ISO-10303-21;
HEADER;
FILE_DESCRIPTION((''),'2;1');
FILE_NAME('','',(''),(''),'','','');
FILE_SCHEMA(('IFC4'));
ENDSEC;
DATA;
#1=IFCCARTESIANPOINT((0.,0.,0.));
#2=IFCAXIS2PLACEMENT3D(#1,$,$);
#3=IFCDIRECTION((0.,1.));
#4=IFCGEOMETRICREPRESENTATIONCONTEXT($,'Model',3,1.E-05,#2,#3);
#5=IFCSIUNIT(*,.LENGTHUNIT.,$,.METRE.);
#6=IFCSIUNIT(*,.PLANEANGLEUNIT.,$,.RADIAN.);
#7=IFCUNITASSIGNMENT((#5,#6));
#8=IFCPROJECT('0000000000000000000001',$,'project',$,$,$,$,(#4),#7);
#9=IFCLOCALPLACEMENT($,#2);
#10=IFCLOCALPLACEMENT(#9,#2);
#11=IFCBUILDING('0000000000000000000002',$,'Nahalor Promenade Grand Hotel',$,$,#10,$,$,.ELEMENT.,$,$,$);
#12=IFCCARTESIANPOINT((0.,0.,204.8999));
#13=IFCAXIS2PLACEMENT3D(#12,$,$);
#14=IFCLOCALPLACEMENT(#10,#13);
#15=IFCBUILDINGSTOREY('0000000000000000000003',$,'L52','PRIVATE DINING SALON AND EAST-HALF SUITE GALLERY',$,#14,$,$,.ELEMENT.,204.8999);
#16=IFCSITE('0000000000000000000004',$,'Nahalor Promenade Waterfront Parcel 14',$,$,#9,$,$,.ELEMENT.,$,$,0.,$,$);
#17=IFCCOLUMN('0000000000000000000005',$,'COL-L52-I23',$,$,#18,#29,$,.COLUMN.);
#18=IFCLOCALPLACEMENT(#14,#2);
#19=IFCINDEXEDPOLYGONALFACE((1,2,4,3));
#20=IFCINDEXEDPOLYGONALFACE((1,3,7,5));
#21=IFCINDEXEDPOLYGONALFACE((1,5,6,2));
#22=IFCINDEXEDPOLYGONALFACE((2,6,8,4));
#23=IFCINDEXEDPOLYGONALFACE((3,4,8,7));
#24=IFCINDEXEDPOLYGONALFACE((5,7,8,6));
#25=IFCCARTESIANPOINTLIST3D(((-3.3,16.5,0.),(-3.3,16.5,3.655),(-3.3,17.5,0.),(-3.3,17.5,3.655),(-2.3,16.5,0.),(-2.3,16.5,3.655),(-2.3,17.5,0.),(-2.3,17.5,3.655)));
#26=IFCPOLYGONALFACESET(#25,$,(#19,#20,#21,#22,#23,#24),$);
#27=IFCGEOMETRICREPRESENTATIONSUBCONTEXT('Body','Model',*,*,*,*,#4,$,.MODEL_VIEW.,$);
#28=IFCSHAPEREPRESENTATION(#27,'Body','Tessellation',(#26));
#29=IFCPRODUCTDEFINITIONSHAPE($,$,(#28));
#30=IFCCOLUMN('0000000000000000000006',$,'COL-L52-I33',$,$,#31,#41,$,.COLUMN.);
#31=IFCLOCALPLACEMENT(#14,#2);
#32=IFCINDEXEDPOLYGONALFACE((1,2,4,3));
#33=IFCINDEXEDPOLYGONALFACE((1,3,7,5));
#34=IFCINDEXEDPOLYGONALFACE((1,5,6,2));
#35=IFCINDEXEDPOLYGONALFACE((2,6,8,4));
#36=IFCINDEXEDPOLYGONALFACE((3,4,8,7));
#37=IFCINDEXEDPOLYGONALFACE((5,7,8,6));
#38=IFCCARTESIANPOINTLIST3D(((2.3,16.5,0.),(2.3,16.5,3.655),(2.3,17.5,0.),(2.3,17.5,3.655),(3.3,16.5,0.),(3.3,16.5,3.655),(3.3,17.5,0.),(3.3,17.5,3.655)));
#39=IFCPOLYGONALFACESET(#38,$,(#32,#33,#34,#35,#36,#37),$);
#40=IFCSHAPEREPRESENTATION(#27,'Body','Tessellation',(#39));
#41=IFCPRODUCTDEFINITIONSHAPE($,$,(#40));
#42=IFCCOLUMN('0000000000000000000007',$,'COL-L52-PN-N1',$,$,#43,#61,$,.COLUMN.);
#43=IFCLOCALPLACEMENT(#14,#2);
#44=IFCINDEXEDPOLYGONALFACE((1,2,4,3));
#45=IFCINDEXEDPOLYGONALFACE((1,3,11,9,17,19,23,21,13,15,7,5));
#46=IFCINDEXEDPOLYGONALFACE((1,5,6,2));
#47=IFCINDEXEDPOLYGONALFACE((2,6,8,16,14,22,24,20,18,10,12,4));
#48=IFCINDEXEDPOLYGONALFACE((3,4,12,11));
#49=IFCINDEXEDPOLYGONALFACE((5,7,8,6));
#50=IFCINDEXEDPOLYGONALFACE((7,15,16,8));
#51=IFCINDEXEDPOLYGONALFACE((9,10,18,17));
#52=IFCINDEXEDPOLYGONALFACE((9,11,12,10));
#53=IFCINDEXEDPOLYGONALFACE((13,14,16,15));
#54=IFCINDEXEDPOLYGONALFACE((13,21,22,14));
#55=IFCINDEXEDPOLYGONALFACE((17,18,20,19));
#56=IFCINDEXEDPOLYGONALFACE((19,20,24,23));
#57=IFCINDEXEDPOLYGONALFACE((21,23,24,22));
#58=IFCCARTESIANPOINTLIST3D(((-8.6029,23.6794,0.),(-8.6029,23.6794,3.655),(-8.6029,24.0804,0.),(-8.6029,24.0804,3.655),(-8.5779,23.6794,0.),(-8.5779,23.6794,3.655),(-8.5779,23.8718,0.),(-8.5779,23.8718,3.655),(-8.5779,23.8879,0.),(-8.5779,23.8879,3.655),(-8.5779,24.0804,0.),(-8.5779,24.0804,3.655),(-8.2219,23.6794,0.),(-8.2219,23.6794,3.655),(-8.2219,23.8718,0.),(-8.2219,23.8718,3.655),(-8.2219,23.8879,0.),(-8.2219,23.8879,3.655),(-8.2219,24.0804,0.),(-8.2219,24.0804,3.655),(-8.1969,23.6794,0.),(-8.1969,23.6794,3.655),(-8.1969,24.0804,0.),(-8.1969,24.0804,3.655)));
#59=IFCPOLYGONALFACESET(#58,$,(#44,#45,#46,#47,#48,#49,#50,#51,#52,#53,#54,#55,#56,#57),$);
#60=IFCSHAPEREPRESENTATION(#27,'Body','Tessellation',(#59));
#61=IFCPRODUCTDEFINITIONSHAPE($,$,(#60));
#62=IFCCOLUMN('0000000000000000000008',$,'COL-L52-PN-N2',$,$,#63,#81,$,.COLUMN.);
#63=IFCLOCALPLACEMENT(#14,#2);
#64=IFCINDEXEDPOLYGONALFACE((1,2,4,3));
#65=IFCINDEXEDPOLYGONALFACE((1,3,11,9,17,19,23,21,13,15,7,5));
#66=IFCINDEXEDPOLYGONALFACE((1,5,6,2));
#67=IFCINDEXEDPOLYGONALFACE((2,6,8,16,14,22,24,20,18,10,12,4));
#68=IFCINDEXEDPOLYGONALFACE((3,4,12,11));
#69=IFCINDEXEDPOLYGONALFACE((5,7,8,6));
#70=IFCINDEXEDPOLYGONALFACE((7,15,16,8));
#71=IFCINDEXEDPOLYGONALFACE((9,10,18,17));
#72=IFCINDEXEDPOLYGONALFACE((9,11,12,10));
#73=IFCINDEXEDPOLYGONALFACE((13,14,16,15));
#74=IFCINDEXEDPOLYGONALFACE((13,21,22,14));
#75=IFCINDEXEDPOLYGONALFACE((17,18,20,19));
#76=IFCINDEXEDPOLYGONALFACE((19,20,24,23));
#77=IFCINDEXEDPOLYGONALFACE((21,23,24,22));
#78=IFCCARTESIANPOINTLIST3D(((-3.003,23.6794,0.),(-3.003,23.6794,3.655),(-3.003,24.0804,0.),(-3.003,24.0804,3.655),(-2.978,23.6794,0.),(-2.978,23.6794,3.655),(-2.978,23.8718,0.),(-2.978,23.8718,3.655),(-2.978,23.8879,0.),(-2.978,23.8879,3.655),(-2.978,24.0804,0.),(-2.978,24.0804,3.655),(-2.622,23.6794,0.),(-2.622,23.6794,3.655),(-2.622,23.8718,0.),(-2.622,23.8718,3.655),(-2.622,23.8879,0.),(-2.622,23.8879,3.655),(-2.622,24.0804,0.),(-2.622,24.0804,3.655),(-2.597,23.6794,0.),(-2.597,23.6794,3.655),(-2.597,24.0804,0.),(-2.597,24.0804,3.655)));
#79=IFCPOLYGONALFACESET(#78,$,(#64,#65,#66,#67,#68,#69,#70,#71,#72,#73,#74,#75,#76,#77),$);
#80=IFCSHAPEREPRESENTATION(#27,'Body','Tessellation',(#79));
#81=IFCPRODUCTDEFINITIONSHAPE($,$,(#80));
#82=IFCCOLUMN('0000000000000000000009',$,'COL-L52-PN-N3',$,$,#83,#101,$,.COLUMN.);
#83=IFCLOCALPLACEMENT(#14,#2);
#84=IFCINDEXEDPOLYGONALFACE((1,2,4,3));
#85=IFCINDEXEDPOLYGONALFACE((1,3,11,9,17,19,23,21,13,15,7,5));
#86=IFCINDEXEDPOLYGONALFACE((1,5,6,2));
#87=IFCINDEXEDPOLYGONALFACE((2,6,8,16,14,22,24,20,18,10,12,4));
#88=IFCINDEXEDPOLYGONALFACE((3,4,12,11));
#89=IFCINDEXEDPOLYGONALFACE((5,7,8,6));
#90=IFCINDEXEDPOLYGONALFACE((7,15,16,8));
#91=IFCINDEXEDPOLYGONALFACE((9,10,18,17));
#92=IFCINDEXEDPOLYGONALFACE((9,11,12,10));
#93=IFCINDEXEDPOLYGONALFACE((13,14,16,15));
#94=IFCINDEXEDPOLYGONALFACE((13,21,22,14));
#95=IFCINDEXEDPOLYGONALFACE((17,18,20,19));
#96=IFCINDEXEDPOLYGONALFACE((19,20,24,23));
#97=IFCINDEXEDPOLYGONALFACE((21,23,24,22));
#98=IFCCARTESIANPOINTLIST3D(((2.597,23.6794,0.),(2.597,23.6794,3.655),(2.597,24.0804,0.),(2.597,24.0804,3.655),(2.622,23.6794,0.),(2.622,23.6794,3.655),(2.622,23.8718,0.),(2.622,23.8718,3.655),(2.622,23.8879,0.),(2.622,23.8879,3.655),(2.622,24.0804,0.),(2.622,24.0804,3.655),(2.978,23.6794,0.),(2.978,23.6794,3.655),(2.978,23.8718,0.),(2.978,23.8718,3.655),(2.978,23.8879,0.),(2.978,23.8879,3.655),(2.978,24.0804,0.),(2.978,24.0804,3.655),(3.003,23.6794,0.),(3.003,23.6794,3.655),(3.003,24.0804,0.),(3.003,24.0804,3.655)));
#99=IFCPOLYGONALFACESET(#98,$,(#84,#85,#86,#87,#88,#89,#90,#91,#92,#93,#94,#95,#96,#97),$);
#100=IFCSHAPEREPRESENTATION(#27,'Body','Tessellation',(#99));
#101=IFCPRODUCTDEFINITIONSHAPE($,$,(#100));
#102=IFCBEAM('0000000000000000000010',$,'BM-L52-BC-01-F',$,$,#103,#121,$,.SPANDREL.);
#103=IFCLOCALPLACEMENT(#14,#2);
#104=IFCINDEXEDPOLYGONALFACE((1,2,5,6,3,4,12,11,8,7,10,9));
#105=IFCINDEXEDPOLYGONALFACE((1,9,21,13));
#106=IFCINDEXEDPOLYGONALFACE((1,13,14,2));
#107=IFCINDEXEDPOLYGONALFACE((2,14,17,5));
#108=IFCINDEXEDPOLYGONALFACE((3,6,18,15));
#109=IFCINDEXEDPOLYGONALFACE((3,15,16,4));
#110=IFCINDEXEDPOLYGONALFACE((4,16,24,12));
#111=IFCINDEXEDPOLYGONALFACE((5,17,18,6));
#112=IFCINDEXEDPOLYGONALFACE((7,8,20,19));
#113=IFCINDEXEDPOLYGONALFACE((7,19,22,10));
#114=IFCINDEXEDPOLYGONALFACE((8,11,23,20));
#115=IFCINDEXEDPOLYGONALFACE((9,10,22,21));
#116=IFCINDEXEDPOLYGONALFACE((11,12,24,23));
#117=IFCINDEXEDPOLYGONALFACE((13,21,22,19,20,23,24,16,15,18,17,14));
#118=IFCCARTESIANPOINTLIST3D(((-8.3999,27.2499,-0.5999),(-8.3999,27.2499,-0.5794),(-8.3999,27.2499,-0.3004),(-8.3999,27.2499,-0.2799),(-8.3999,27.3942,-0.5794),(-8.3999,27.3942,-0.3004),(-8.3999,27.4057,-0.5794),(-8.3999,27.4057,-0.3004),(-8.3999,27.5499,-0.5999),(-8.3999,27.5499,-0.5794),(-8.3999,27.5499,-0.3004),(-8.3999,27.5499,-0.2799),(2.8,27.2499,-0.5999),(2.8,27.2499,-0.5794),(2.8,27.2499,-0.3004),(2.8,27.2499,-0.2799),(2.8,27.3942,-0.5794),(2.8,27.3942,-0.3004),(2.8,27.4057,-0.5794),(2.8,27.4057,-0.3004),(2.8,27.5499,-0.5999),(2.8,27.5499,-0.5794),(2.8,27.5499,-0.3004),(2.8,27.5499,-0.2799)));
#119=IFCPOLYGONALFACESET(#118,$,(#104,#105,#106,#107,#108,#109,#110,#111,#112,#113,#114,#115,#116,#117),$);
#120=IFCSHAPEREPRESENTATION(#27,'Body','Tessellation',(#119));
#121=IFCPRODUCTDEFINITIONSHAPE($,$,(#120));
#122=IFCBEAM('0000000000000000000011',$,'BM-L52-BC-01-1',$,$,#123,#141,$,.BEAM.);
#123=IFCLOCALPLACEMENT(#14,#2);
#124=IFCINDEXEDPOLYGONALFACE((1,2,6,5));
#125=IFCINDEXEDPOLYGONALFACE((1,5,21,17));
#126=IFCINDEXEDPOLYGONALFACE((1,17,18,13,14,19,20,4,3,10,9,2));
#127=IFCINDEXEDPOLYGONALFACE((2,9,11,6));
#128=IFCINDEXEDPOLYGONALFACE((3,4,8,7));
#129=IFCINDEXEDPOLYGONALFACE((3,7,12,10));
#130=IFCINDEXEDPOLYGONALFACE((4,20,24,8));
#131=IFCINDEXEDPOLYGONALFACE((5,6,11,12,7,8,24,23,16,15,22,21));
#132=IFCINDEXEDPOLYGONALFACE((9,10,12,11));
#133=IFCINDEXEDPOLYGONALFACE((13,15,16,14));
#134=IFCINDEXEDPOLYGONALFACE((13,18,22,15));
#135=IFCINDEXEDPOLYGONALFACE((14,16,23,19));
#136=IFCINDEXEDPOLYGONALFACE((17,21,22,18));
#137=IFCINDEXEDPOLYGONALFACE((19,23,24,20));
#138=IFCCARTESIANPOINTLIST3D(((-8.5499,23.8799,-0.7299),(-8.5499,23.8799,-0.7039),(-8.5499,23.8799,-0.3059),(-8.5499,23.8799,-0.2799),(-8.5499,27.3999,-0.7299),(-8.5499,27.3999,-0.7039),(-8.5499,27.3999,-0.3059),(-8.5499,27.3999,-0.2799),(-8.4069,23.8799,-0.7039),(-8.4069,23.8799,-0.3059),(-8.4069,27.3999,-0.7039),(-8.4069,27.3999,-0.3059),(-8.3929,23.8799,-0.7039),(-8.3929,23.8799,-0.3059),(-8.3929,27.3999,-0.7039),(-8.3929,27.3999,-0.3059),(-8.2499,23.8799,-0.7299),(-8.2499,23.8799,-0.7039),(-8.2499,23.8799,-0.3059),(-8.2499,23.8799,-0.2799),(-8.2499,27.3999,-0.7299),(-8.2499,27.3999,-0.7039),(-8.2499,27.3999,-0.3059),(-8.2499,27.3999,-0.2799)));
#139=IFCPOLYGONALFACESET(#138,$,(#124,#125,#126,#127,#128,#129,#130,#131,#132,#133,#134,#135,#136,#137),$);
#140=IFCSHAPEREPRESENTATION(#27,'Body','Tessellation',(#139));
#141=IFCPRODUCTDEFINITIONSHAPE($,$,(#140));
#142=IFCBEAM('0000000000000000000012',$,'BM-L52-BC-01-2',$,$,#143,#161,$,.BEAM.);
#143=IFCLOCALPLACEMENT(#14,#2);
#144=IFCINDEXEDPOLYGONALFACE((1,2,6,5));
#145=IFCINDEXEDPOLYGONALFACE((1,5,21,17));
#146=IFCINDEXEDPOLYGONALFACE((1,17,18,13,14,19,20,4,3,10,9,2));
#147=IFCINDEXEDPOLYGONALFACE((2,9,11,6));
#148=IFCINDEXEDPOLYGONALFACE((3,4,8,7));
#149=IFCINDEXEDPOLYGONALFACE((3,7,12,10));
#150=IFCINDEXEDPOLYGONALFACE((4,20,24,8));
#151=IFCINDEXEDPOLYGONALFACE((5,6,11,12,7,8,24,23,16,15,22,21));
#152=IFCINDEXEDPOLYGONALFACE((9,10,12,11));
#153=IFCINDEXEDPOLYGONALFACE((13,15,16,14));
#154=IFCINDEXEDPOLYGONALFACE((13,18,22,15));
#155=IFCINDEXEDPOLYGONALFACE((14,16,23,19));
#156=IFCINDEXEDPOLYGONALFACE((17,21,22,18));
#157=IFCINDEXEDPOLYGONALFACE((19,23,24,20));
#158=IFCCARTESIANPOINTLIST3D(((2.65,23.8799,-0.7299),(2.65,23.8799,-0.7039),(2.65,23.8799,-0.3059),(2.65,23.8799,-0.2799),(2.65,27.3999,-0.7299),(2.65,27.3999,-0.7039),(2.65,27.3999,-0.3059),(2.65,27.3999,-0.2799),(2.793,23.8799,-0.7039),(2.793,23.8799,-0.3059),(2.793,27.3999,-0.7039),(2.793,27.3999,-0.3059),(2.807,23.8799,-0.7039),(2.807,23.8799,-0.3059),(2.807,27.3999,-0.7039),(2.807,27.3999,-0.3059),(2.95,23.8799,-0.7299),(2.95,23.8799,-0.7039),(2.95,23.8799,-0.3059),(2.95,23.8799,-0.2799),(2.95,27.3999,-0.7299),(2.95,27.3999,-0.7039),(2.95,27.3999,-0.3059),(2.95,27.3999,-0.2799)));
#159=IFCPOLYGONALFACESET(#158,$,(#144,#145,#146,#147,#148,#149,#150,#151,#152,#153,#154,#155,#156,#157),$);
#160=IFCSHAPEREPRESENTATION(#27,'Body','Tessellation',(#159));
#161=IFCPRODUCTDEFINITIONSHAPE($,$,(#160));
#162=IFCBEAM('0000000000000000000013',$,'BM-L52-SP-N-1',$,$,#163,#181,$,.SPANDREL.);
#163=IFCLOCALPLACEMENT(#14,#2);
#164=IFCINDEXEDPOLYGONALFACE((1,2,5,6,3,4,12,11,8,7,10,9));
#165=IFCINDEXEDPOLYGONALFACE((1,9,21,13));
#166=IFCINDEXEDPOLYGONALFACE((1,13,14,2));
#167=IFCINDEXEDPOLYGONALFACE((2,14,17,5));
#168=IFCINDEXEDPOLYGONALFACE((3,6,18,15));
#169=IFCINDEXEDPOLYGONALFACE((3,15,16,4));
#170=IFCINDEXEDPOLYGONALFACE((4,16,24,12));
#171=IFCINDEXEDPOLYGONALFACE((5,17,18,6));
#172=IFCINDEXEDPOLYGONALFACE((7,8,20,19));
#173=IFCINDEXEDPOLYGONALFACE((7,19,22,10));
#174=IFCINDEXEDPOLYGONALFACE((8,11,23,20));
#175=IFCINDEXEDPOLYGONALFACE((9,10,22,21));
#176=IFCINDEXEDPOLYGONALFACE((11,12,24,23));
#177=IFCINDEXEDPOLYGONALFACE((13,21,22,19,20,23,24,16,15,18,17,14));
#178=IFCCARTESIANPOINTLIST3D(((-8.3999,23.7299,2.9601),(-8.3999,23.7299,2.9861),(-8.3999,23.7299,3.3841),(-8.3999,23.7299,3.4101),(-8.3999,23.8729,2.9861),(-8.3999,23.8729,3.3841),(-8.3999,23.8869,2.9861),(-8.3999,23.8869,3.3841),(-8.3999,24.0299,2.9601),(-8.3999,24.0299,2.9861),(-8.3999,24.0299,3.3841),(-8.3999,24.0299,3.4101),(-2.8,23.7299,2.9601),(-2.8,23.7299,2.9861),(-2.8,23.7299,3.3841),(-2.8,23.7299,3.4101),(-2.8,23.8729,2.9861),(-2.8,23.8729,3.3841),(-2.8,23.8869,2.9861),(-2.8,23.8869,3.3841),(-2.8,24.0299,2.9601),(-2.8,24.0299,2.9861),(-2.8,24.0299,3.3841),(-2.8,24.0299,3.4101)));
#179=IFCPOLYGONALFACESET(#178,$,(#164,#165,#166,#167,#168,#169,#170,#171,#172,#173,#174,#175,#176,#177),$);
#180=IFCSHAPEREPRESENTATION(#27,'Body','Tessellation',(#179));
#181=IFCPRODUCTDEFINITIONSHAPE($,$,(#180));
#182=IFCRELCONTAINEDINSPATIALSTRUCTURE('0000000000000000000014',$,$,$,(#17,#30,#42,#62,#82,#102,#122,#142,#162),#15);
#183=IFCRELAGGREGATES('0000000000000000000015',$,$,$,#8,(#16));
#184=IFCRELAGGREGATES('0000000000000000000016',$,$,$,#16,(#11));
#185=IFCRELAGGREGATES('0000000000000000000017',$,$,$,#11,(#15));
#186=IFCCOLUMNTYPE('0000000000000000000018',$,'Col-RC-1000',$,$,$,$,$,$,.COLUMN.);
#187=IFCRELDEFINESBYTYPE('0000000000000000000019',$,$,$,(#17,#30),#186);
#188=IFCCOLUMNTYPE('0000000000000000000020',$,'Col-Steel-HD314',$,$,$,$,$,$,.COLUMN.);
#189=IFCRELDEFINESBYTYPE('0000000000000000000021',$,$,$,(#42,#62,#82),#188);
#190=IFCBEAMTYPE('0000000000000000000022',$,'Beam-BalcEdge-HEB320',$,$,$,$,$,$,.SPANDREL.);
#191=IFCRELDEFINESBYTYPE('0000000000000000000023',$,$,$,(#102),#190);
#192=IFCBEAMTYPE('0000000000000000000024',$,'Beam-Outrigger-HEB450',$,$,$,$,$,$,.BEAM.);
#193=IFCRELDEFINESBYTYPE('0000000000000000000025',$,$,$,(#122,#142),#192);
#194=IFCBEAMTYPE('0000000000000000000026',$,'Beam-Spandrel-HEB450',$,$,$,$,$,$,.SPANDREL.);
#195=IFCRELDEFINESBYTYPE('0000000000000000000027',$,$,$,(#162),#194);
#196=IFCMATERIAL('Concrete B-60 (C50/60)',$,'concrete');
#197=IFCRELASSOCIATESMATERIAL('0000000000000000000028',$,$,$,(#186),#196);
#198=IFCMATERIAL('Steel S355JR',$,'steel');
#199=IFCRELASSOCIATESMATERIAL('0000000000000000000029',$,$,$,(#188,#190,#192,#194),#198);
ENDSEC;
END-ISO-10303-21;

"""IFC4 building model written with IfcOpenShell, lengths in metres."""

from ifc_helpers import new_model, si_unit, direction, frame, origin, origin_2d, place, context, subcontext, project, spatial, rectangle, i_section, extrude, source, transform, mapped, material, material_profile, profile_set, type_object, element, save


model = new_model("IFC4")

# Units and contexts
model_context = context("Model", 3, precision=1e-05, world=origin(), true_north=direction((0.0, 1.0)))
body_context = subcontext(model_context, "Body", "Model", "MODEL_VIEW")
ifc_project = project(units=[si_unit("LENGTHUNIT", "METRE"), si_unit("PLANEANGLEUNIT", "RADIAN")], contexts=[model_context])

# Site, building, storey
site_placement = place(None, origin())
site = spatial("IfcSite", under=ifc_project, at=site_placement, Name="Nahalor Promenade Waterfront Parcel 14", CompositionType="ELEMENT", RefElevation=0.0)
building_placement = place(site_placement, origin())
building = spatial("IfcBuilding", under=site, at=building_placement, Name="Nahalor Promenade Grand Hotel", CompositionType="ELEMENT")
storey_placement = place(building_placement, frame((0.0, 0.0, 204.8999)))
storey = spatial("IfcBuildingStorey", under=building, at=storey_placement, Name="L52", Description="PRIVATE DINING SALON AND EAST-HALF SUITE GALLERY", CompositionType="ELEMENT", Elevation=204.8999)

# Columns
ifc_material_1 = material(Name="Concrete B-60 (C50/60)", Category="concrete")
ifc_material_profile_1 = material_profile(ifc_material_1, rectangle(XDim=1.0, YDim=1.0, at=origin_2d()), Name="RC 1000x1000")
ifc_profile_set_1 = profile_set([ifc_material_profile_1], Name="Concrete B-60 (C50/60)")
column_type_1 = type_object("IfcColumnType", Name="Col-RC-1000", PredefinedType="COLUMN", material=ifc_profile_set_1)
shared_shape_1 = source(origin(), body_context, "Body", "SweptSolid", [
    extrude(rectangle(XDim=1.0, YDim=1.0, at=origin_2d()), origin(), (0.0, 0.0, 1.0), 3.655),
])
for number, where, z_axis, x_axis, name in (
    (1, (-2.8, 17.0, 0.0), (0.0, 0.0, 1.0), (1.0, 0.0, 0.0), "COL-L52-I23"),
    (2, (2.8, 17.0, 0.0), (0.0, 0.0, 1.0), (1.0, 0.0, 0.0), "COL-L52-I33"),
):
    element("IfcColumn", number, at=place(storey_placement, frame(where, z_axis=z_axis, x_axis=x_axis)), inside=storey, type_object=column_type_1, Name=name, PredefinedType="COLUMN", context=body_context, shape_type="MappedRepresentation", body=[
        mapped(shared_shape_1, transform((0.0, 0.0, 0.0), scale=1.0)),
    ])
ifc_material_2 = material(Name="Steel S355JR", Category="steel")
ifc_material_profile_2 = material_profile(ifc_material_2, i_section(OverallWidth=0.401, OverallDepth=0.406, WebThickness=0.0161, FlangeThickness=0.025, at=origin_2d()), Name="HD 400x314")
ifc_profile_set_2 = profile_set([ifc_material_profile_2], Name="Steel S355JR")
column_type_2 = type_object("IfcColumnType", Name="Col-Steel-HD314", PredefinedType="COLUMN", material=ifc_profile_set_2)
shared_shape_2 = source(origin(), body_context, "Body", "SweptSolid", [
    extrude(i_section(OverallWidth=0.401, OverallDepth=0.406, WebThickness=0.0161, FlangeThickness=0.025, at=origin_2d()), origin(), (0.0, 0.0, 1.0), 3.655),
])
for number, where, z_axis, x_axis, name in (
    (3, (-8.3999, 23.8799, 0.0), (0.0, 0.0, 1.0), (0.0, 1.0, 0.0), "COL-L52-PN-N1"),
    (4, (-2.8, 23.8799, 0.0), (0.0, 0.0, 1.0), (0.0, 1.0, 0.0), "COL-L52-PN-N2"),
    (5, (2.8, 23.8799, 0.0), (0.0, 0.0, 1.0), (0.0, 1.0, 0.0), "COL-L52-PN-N3"),
):
    element("IfcColumn", number, at=place(storey_placement, frame(where, z_axis=z_axis, x_axis=x_axis)), inside=storey, type_object=column_type_2, Name=name, PredefinedType="COLUMN", context=body_context, shape_type="MappedRepresentation", body=[
        mapped(shared_shape_2, transform((0.0, 0.0, 0.0), scale=1.0)),
    ])

# Beams
ifc_material_profile_3 = material_profile(ifc_material_2, i_section(OverallWidth=0.3, OverallDepth=0.32, WebThickness=0.0115, FlangeThickness=0.0205, at=origin_2d()), Name="HEB 320")
ifc_profile_set_3 = profile_set([ifc_material_profile_3], Name="Steel S355JR")
beam_type_1 = type_object("IfcBeamType", Name="Beam-BalcEdge-HEB320", PredefinedType="SPANDREL", material=ifc_profile_set_3)
shared_shape_3 = source(origin(), body_context, "Body", "SweptSolid", [
    extrude(i_section(OverallWidth=0.3, OverallDepth=0.32, WebThickness=0.0115, FlangeThickness=0.0205, at=origin_2d()), origin(), (0.0, 0.0, 1.0), 11.2),
])
beam_1_placement = place(storey_placement, frame((-8.3999, 27.3999, -0.4399), z_axis=(1.0, 0.0, 0.0), x_axis=(0.0, 1.0, 0.0)))
element("IfcBeam", 6, at=beam_1_placement, inside=storey, type_object=beam_type_1, Name="BM-L52-BC-01-F", PredefinedType="SPANDREL", context=body_context, shape_type="MappedRepresentation", body=[
    mapped(shared_shape_3, transform((0.0, 0.0, 0.0), scale=1.0)),
])
ifc_material_profile_4 = material_profile(ifc_material_2, i_section(OverallWidth=0.3, OverallDepth=0.45, WebThickness=0.014, FlangeThickness=0.026, at=origin_2d()), Name="HEB 450")
ifc_profile_set_4 = profile_set([ifc_material_profile_4], Name="Steel S355JR")
beam_type_2 = type_object("IfcBeamType", Name="Beam-Outrigger-HEB450", PredefinedType="BEAM", material=ifc_profile_set_4)
shared_shape_4 = source(origin(), body_context, "Body", "SweptSolid", [
    extrude(i_section(OverallWidth=0.3, OverallDepth=0.45, WebThickness=0.014, FlangeThickness=0.026, at=origin_2d()), origin(), (0.0, 0.0, 1.0), 3.52),
])
for number, where, z_axis, x_axis, name in (
    (7, (-8.3999, 23.8799, -0.5049), (0.0, 1.0, 0.0), (-1.0, 0.0, 0.0), "BM-L52-BC-01-1"),
    (8, (2.8, 23.8799, -0.5049), (0.0, 1.0, 0.0), (-1.0, 0.0, 0.0), "BM-L52-BC-01-2"),
):
    element("IfcBeam", number, at=place(storey_placement, frame(where, z_axis=z_axis, x_axis=x_axis)), inside=storey, type_object=beam_type_2, Name=name, PredefinedType="BEAM", context=body_context, shape_type="MappedRepresentation", body=[
        mapped(shared_shape_4, transform((0.0, 0.0, 0.0), scale=1.0)),
    ])
ifc_material_profile_5 = material_profile(ifc_material_2, i_section(OverallWidth=0.3, OverallDepth=0.45, WebThickness=0.014, FlangeThickness=0.026, at=origin_2d()), Name="HEB 450")
ifc_profile_set_5 = profile_set([ifc_material_profile_5], Name="Steel S355JR")
beam_type_3 = type_object("IfcBeamType", Name="Beam-Spandrel-HEB450", PredefinedType="SPANDREL", material=ifc_profile_set_5)
shared_shape_5 = source(origin(), body_context, "Body", "SweptSolid", [
    extrude(i_section(OverallWidth=0.3, OverallDepth=0.45, WebThickness=0.014, FlangeThickness=0.026, at=origin_2d()), origin(), (0.0, 0.0, 1.0), 5.5999),
])
for number, where, z_axis, x_axis, name in (
    (9, (-8.3999, 23.8799, 3.1851), (1.0, 0.0, 0.0), (0.0, 1.0, 0.0), "BM-L52-SP-N-1"),
):
    element("IfcBeam", number, at=place(storey_placement, frame(where, z_axis=z_axis, x_axis=x_axis)), inside=storey, type_object=beam_type_3, Name=name, PredefinedType="SPANDREL", context=body_context, shape_type="MappedRepresentation", body=[
        mapped(shared_shape_5, transform((0.0, 0.0, 0.0), scale=1.0)),
    ])

save(model, "model.ifc")
